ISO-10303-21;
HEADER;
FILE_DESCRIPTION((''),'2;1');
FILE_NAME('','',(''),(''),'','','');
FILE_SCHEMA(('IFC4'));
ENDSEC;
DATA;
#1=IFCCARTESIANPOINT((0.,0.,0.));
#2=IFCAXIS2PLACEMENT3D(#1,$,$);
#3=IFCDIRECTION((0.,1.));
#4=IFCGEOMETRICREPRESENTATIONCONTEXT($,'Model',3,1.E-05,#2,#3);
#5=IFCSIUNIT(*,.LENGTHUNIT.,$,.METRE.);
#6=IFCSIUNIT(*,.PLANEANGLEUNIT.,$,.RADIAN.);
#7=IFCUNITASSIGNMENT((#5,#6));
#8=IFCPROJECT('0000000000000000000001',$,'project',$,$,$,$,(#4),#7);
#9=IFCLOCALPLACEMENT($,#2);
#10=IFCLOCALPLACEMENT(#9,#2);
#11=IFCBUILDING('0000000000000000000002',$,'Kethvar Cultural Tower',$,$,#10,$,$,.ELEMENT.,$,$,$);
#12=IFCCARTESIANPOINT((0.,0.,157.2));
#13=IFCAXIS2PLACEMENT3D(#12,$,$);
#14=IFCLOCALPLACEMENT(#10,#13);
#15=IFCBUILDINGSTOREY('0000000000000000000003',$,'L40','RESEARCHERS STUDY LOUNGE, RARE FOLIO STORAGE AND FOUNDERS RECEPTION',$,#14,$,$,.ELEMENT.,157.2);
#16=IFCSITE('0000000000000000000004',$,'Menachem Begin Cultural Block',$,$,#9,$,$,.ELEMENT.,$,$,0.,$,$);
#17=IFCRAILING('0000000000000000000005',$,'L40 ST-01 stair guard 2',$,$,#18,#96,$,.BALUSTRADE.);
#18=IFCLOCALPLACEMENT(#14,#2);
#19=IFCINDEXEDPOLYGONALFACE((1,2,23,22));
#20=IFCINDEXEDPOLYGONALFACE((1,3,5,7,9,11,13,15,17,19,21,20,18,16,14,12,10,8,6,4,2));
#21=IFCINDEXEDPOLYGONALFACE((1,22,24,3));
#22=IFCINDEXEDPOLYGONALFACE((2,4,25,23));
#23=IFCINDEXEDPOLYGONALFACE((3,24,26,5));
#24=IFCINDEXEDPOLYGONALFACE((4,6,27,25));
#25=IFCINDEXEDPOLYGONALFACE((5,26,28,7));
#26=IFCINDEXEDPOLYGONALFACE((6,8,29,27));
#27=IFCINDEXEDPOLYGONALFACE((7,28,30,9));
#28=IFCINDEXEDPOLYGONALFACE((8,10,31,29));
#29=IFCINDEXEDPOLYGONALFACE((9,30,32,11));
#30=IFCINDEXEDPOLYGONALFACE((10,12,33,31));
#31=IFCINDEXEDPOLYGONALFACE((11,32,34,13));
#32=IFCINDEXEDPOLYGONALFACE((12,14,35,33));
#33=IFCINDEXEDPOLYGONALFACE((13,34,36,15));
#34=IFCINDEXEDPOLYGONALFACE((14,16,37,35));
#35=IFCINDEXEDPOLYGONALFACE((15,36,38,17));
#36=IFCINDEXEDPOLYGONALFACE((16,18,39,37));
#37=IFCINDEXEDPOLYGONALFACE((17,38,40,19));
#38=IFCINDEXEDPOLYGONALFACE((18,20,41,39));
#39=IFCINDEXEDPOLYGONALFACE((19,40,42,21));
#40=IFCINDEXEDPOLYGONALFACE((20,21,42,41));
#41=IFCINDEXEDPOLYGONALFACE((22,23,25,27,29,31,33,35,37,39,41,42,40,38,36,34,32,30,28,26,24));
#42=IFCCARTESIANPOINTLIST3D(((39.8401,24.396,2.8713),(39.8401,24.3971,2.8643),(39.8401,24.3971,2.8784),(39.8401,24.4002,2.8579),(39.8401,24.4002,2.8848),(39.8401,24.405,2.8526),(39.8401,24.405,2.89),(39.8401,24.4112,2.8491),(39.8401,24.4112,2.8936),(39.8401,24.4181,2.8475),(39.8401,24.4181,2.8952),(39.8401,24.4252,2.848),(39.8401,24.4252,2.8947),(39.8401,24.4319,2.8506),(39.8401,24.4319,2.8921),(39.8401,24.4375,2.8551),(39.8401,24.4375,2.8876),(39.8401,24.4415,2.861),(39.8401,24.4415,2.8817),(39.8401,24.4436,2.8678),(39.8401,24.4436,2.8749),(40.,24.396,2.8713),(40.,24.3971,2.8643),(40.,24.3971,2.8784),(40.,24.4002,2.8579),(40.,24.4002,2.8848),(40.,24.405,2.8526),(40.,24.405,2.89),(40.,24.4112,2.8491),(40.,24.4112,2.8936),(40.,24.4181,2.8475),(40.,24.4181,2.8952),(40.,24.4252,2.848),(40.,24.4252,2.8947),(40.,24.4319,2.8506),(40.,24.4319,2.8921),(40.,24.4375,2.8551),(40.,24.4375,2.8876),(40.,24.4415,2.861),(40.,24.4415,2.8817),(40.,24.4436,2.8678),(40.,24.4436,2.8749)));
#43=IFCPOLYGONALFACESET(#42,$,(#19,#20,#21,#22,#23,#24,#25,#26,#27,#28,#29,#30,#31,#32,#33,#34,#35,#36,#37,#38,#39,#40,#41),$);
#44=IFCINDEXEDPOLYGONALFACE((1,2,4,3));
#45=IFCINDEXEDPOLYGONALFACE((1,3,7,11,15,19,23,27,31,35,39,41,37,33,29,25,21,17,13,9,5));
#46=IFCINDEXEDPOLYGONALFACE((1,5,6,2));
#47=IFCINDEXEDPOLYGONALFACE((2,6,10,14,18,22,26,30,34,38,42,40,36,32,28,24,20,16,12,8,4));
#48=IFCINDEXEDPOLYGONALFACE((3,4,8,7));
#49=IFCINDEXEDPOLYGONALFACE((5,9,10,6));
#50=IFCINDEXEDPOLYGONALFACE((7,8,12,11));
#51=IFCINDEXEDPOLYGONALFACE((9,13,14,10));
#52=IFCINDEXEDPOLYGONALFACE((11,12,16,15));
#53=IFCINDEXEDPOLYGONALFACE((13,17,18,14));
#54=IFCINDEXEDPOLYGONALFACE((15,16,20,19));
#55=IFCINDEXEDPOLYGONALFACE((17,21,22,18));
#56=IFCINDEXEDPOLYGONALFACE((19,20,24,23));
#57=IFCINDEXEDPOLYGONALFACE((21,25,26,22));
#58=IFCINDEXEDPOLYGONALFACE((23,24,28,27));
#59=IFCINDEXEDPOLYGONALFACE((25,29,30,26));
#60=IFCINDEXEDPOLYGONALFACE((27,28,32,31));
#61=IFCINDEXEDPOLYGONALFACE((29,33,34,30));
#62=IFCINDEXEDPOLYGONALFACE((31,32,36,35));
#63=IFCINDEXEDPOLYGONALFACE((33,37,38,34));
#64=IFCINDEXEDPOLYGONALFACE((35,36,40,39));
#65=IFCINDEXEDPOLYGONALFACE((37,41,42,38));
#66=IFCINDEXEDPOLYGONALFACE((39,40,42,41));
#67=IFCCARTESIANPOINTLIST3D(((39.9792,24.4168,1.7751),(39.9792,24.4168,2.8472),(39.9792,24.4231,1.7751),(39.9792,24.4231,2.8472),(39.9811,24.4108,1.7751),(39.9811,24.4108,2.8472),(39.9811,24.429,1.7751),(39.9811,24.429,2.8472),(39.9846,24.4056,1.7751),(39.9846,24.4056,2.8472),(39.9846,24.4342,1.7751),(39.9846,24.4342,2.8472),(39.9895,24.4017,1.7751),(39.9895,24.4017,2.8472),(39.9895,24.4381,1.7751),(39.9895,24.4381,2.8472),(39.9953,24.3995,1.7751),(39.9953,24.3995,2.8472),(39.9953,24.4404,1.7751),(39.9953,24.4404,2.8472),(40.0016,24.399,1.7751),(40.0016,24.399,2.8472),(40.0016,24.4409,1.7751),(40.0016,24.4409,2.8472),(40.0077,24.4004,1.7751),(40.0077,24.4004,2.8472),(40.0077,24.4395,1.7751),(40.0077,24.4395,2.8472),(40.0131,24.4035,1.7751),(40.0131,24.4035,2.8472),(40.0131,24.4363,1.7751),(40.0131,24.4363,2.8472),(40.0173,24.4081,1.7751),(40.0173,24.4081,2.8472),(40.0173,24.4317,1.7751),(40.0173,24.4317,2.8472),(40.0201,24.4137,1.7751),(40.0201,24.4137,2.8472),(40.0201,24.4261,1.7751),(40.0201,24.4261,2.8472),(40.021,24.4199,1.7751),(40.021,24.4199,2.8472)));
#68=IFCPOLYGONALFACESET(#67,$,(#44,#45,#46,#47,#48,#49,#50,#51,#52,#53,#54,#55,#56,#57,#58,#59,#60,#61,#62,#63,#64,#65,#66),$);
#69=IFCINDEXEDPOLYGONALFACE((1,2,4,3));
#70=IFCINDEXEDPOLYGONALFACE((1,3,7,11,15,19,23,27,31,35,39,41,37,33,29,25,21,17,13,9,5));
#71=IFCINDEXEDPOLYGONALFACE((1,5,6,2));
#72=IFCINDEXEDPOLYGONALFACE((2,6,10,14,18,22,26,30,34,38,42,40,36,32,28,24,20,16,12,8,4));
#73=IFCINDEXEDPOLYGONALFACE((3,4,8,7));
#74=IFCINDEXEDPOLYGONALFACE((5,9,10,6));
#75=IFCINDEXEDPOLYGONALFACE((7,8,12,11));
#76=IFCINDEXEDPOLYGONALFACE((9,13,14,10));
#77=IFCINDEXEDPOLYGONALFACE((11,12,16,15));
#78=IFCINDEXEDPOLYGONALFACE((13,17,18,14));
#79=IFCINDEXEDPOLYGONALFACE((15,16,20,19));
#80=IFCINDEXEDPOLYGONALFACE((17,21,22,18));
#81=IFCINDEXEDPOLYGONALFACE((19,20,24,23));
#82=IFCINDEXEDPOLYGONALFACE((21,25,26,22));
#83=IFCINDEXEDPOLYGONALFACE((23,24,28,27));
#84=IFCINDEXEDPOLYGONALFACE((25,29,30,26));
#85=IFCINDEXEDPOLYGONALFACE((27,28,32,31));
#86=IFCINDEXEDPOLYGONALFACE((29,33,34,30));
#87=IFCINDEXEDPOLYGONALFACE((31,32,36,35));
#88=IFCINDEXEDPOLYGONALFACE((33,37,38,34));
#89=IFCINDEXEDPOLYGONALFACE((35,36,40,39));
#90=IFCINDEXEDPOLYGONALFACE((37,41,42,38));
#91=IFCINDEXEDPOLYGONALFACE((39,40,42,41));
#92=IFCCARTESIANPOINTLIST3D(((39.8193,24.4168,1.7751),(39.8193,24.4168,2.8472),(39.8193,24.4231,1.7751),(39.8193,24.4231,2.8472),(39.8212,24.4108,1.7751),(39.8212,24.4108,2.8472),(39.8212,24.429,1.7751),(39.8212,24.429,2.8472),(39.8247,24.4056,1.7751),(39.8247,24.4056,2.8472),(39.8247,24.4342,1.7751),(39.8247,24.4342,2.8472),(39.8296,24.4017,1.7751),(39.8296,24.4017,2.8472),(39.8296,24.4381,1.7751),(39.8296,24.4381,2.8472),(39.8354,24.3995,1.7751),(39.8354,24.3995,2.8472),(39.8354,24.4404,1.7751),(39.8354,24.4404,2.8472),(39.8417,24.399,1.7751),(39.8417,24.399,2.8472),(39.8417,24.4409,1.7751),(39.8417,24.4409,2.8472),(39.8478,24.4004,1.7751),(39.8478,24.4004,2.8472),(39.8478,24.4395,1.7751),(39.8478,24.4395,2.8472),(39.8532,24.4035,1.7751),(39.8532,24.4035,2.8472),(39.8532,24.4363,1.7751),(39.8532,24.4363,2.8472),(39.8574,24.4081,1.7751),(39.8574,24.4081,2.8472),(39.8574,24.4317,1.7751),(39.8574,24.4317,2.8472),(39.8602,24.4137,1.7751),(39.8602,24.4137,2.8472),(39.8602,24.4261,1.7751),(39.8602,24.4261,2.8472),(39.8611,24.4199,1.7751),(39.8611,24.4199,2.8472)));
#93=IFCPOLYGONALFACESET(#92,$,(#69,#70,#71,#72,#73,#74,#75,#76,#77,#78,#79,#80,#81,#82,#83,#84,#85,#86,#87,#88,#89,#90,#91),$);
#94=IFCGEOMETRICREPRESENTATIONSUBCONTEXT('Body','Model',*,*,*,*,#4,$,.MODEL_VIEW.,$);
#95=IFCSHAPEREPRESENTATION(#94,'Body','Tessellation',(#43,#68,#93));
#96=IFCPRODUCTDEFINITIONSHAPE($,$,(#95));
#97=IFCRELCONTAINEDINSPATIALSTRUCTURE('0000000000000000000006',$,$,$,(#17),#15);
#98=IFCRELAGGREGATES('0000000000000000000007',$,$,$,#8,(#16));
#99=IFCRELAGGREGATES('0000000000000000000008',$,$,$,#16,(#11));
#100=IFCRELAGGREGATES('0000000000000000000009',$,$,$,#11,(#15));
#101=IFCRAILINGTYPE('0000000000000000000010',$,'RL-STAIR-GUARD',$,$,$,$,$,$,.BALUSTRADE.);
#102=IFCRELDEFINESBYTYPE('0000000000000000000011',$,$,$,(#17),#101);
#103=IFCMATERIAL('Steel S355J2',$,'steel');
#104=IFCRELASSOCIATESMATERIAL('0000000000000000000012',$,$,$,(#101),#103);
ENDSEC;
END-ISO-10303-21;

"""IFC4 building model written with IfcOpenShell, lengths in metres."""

from ifc_helpers import new_model, si_unit, direction, frame, origin, origin_2d, place, context, subcontext, project, spatial, circle, extrude, material, type_object, element, save


model = new_model("IFC4")

# Units and contexts
model_context = context("Model", 3, precision=1e-05, world=origin(), true_north=direction((0.0, 1.0)))
body_context = subcontext(model_context, "Body", "Model", "MODEL_VIEW")
ifc_project = project(units=[si_unit("LENGTHUNIT", "METRE"), si_unit("PLANEANGLEUNIT", "RADIAN")], contexts=[model_context])

# Site, building, storey
site_placement = place(None, origin())
site = spatial("IfcSite", under=ifc_project, at=site_placement, Name="Menachem Begin Cultural Block", CompositionType="ELEMENT", RefElevation=0.0)
building_placement = place(site_placement, origin())
building = spatial("IfcBuilding", under=site, at=building_placement, Name="Kethvar Cultural Tower", CompositionType="ELEMENT")
storey_placement = place(building_placement, frame((0.0, 0.0, 157.2)))
storey = spatial("IfcBuildingStorey", under=building, at=storey_placement, Name="L40", Description="RESEARCHERS STUDY LOUNGE, RARE FOLIO STORAGE AND FOUNDERS RECEPTION", CompositionType="ELEMENT", Elevation=157.2)

# Shared definitions
ifc_material_1 = material(Name="Steel S355J2", Category="steel")

# Railing
railing_type = type_object("IfcRailingType", Name="RL-STAIR-GUARD", PredefinedType="BALUSTRADE", material=ifc_material_1)
railing_1_placement = place(storey_placement, frame((40.0, 24.4199, 1.7751)))
element("IfcRailing", 1, at=railing_1_placement, inside=storey, type_object=railing_type, Name="L40 ST-01 stair guard 2", PredefinedType="BALUSTRADE", context=body_context, shape_type="SweptSolid", body=[
    extrude(circle(Radius=0.0239, at=origin_2d()), frame((0.0, 0.0, 1.0962), z_axis=(-1.0, 0.0, 0.0), x_axis=(0.0, -1.0, 0.0)), (0.0, 0.0, 1.0), 0.1599),
    extrude(circle(Radius=0.021, at=origin_2d()), origin(), (0.0, 0.0, 1.0), 1.072),
    extrude(circle(Radius=0.021, at=origin_2d()), frame((-0.1599, 0.0, 0.0)), (0.0, 0.0, 1.0), 1.072),
])

save(model, "model.ifc")
